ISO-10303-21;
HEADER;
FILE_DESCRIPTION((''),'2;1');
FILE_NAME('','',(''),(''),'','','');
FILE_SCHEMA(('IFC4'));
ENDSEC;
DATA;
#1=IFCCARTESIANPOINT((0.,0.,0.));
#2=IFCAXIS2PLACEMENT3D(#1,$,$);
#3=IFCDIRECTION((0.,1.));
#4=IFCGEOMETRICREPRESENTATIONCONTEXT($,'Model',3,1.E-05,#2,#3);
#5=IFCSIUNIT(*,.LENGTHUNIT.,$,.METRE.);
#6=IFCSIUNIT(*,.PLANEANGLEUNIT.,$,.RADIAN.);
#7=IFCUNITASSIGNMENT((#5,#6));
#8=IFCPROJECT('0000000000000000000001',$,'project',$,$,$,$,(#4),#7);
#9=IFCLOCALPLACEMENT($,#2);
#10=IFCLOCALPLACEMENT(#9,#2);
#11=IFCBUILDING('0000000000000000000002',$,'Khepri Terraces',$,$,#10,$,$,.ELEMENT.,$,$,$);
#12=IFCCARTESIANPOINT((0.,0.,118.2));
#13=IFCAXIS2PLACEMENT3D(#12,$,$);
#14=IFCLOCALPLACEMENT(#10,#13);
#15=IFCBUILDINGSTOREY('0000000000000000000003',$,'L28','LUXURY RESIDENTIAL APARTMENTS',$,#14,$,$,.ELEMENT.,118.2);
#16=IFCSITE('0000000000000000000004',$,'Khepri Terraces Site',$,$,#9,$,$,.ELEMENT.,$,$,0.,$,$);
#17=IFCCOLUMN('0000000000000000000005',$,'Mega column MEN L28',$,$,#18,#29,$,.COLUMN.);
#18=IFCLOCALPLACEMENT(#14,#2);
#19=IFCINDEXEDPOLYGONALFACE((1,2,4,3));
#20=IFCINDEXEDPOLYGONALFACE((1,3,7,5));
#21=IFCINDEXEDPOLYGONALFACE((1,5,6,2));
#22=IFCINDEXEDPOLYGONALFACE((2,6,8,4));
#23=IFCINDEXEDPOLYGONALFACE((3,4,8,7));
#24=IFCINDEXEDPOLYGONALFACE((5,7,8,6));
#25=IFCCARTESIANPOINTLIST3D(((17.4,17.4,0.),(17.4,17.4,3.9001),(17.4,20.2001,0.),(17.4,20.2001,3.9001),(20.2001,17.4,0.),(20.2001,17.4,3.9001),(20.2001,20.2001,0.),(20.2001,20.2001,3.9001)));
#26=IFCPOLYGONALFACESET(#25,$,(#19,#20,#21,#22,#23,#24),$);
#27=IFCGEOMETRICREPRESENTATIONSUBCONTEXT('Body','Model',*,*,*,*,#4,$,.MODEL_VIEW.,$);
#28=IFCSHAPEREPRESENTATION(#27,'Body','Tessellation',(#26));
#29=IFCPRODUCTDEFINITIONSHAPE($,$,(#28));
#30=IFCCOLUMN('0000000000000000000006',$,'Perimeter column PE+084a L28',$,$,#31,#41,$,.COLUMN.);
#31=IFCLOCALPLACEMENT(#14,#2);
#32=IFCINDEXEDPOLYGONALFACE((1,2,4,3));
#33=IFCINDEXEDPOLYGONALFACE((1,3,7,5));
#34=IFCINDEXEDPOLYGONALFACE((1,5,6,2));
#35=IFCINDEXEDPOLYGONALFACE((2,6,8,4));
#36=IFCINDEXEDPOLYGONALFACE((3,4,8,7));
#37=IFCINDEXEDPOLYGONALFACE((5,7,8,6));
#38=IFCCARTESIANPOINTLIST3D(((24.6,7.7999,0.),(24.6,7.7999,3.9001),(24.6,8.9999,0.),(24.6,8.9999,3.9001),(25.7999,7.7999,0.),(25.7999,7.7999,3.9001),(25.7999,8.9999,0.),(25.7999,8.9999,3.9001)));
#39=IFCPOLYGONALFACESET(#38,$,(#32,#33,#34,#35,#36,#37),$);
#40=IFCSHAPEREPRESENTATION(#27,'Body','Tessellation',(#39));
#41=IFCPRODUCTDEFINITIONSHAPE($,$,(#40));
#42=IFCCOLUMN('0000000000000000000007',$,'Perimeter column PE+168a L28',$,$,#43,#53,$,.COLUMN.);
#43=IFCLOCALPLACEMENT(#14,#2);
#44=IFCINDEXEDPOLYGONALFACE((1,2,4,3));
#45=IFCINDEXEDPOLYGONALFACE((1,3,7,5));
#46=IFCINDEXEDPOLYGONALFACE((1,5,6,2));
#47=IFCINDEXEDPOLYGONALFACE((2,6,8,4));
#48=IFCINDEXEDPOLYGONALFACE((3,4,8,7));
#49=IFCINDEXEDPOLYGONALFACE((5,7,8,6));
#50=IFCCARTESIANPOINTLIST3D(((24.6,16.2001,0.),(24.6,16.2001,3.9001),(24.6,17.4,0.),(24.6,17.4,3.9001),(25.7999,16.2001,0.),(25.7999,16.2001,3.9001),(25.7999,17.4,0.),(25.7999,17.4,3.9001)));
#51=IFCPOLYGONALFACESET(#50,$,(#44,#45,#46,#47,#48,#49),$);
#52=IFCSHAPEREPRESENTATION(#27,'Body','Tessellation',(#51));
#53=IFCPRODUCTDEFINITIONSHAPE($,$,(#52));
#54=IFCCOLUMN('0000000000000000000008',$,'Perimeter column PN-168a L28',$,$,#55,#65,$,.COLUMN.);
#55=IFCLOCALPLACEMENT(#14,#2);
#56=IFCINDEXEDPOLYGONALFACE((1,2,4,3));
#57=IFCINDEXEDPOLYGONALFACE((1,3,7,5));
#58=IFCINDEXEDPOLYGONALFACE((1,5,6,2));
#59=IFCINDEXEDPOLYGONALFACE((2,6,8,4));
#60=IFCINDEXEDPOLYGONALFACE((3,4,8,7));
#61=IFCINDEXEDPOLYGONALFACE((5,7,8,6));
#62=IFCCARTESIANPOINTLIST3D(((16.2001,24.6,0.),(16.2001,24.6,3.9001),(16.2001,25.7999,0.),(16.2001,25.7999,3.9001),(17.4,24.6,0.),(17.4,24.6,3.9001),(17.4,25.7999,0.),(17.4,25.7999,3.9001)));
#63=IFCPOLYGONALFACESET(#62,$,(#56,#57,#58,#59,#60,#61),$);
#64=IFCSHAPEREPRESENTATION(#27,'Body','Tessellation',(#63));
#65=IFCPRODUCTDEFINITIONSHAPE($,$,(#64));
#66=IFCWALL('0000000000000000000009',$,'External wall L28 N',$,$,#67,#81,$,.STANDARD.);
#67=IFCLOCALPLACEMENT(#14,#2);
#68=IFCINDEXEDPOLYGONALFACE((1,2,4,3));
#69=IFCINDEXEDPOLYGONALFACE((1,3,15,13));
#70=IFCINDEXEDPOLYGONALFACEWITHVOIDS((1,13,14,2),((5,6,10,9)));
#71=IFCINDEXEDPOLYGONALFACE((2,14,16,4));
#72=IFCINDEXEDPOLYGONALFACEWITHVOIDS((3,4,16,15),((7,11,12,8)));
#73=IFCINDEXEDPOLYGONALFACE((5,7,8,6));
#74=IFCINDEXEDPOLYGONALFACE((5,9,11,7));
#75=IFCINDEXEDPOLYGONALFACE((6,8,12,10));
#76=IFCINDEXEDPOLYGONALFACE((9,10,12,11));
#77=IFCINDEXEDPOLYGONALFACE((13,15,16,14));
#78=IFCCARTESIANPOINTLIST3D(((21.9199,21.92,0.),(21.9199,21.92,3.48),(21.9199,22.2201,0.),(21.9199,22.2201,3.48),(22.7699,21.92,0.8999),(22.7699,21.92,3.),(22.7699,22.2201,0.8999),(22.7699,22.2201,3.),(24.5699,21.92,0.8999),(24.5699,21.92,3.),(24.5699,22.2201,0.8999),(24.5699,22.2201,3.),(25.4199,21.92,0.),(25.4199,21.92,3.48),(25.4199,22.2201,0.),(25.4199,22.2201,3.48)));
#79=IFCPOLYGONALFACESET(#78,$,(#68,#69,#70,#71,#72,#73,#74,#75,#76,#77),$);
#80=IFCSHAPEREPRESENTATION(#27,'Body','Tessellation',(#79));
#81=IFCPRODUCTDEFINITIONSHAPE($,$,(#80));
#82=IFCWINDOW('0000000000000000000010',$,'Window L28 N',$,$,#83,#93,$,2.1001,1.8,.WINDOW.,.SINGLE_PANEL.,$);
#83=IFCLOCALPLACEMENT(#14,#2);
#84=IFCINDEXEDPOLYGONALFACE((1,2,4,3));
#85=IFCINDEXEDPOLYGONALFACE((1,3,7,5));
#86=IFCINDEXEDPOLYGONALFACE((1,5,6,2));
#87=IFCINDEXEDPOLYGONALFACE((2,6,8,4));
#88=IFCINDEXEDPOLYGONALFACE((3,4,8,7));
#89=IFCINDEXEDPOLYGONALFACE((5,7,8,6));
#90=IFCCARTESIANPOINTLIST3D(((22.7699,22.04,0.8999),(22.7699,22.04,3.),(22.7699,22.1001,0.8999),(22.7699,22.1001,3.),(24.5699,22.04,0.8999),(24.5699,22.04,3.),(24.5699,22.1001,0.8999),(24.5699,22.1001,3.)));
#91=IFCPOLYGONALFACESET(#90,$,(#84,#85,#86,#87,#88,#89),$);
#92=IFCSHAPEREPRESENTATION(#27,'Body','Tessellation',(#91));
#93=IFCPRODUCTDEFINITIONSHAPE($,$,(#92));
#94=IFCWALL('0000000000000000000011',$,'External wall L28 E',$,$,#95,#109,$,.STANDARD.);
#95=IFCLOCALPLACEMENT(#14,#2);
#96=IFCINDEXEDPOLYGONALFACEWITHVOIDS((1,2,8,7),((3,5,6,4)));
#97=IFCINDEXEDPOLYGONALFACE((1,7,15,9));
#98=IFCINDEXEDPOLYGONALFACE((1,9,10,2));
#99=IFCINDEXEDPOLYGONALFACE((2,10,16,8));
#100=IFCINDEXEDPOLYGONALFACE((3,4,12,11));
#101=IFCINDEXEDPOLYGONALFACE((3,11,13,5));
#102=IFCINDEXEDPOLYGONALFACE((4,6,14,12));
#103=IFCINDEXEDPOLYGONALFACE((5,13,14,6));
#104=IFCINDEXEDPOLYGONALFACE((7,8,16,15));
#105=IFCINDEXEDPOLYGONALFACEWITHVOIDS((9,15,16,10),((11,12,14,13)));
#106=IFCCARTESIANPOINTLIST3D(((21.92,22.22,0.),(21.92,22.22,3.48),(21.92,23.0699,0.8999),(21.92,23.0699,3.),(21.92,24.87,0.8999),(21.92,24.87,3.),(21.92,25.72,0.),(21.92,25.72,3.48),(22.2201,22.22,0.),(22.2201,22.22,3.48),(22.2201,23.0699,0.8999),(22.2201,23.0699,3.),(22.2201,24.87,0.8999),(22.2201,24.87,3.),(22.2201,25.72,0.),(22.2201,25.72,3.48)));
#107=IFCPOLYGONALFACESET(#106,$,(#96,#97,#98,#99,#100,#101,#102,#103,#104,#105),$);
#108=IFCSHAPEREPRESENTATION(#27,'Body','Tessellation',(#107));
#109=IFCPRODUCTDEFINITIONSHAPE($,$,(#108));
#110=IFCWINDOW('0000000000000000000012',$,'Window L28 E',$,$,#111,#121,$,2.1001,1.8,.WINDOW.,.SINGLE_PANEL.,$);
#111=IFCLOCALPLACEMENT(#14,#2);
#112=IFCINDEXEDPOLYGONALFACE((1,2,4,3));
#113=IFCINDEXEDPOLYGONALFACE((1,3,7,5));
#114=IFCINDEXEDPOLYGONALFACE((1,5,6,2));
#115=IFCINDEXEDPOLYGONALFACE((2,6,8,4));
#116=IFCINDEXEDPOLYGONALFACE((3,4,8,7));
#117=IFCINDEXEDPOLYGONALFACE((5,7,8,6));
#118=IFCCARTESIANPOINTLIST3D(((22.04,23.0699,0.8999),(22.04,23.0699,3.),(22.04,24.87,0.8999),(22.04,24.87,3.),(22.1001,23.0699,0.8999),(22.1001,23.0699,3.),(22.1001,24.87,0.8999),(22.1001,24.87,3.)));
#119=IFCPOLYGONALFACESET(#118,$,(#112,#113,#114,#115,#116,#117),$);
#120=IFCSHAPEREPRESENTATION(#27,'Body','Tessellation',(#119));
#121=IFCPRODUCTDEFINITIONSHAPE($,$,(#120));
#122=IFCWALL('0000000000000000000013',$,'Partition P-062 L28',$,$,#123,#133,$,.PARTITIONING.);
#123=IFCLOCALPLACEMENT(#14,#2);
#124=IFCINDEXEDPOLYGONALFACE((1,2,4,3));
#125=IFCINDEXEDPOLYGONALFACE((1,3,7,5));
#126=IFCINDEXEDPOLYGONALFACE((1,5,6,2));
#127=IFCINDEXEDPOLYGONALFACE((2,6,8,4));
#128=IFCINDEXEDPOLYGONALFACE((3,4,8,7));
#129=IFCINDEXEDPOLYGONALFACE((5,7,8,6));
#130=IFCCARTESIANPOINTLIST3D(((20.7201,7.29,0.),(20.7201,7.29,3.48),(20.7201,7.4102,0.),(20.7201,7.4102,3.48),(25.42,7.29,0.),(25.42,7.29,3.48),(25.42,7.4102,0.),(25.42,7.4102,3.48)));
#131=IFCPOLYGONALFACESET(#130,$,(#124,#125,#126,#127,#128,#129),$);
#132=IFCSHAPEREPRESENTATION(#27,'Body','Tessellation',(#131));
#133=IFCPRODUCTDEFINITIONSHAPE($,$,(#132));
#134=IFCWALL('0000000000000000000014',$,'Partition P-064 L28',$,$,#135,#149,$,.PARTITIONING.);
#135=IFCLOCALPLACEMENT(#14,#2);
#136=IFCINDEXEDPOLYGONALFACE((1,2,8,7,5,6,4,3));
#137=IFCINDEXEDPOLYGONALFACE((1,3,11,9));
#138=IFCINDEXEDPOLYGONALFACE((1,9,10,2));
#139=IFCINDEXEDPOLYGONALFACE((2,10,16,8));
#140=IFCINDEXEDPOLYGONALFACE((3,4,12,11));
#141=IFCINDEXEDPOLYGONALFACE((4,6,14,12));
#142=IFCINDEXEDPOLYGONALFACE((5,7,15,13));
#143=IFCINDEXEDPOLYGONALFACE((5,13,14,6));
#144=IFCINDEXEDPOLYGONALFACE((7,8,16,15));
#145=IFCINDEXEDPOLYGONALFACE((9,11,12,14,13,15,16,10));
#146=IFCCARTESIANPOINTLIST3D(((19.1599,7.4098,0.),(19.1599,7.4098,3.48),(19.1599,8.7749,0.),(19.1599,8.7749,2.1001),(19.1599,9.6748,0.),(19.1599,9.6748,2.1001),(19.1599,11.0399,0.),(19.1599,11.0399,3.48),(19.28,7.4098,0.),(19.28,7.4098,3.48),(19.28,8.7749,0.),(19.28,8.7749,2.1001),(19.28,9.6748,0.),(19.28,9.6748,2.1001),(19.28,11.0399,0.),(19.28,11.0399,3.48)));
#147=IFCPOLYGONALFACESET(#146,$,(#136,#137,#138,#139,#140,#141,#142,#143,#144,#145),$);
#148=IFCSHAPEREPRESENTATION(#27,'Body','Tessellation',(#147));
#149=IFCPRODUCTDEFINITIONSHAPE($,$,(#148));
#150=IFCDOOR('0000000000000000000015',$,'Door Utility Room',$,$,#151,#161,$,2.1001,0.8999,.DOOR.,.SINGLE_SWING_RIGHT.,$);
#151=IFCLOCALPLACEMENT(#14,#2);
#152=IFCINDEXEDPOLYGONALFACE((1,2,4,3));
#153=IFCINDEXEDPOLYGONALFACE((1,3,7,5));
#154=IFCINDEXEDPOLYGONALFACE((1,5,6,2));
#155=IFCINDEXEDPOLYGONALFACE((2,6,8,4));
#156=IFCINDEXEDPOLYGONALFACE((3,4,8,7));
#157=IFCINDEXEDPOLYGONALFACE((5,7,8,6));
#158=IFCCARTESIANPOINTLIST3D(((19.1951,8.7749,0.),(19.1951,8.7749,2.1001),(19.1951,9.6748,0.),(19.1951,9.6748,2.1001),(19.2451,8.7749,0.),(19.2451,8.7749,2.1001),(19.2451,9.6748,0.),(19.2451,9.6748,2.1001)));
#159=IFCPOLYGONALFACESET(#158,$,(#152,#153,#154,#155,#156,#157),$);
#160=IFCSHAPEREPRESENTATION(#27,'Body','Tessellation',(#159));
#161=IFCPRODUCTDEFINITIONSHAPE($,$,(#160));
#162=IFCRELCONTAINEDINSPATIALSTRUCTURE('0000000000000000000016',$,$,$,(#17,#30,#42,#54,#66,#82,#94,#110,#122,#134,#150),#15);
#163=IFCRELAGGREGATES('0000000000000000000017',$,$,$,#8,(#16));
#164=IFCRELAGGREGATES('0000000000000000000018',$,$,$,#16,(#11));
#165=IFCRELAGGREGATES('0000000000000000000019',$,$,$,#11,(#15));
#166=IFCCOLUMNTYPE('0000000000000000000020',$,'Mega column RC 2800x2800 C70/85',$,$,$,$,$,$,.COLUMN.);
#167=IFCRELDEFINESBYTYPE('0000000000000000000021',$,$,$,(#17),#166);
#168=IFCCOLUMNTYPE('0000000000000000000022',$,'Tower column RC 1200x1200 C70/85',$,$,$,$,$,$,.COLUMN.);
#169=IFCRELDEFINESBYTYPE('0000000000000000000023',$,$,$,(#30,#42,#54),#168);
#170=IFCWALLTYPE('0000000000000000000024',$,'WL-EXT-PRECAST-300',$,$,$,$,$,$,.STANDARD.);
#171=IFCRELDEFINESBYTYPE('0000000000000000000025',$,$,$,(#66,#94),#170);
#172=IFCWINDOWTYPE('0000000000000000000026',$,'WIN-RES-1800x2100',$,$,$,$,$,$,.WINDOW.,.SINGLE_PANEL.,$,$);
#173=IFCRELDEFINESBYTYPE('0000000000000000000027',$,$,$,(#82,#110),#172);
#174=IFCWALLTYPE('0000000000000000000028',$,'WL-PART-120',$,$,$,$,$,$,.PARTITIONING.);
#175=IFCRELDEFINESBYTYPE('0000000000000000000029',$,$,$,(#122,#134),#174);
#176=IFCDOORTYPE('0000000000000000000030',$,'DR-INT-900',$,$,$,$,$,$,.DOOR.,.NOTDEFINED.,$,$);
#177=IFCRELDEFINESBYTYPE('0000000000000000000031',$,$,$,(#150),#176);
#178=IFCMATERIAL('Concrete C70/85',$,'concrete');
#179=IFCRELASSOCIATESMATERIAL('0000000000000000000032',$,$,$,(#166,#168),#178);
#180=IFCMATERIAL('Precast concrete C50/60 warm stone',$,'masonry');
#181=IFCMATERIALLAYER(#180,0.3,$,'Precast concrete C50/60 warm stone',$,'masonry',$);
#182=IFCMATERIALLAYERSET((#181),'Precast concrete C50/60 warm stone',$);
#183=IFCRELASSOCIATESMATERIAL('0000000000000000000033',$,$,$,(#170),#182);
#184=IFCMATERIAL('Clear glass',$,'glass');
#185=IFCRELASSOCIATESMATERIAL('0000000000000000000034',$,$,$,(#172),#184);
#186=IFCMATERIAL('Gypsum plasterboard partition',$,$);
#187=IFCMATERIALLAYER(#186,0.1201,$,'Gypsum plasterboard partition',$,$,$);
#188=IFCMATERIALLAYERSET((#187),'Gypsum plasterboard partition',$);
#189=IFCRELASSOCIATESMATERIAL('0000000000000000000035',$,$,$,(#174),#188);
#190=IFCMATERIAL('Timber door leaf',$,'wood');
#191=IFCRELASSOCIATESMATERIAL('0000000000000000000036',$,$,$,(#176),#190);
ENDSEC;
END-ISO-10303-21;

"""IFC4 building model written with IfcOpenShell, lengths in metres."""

from ifc_helpers import new_model, si_unit, direction, frame, frame_2d, origin, origin_2d, place, context, subcontext, project, spatial, rectangle, extrude, material, layer, layer_set, material_profile, profile_set, type_object, element, fill, save


model = new_model("IFC4")

# Units and contexts
model_context = context("Model", 3, precision=1e-05, world=origin(), true_north=direction((0.0, 1.0)))
body_context = subcontext(model_context, "Body", "Model", "MODEL_VIEW")
ifc_project = project(units=[si_unit("LENGTHUNIT", "METRE"), si_unit("PLANEANGLEUNIT", "RADIAN")], contexts=[model_context])

# Site, building, storey
site_placement = place(None, origin())
site = spatial("IfcSite", under=ifc_project, at=site_placement, Name="Khepri Terraces Site", CompositionType="ELEMENT", RefElevation=0.0)
building_placement = place(site_placement, origin())
building = spatial("IfcBuilding", under=site, at=building_placement, Name="Khepri Terraces", CompositionType="ELEMENT")
storey_placement = place(building_placement, frame((0.0, 0.0, 118.2)))
storey = spatial("IfcBuildingStorey", under=building, at=storey_placement, Name="L28", Description="LUXURY RESIDENTIAL APARTMENTS", CompositionType="ELEMENT", Elevation=118.2)

# Columns
ifc_material_1 = material(Name="Concrete C70/85", Category="concrete")
ifc_material_profile_1 = material_profile(ifc_material_1, rectangle(XDim=2.8, YDim=2.8, at=origin_2d()), Name="Concrete C70/85", Category="concrete")
ifc_profile_set_1 = profile_set([ifc_material_profile_1], Name="Concrete C70/85")
column_type_1 = type_object("IfcColumnType", Name="Mega column RC 2800x2800 C70/85", PredefinedType="COLUMN", material=ifc_profile_set_1)
column_placement = place(storey_placement, frame((18.8, 18.8, 0.0), z_axis=(0.0, 0.0, 1.0), x_axis=(1.0, 0.0, 0.0)))
element("IfcColumn", 1, at=column_placement, inside=storey, type_object=column_type_1, Name="Mega column MEN L28", PredefinedType="COLUMN", context=body_context, shape_type="SweptSolid", body=[
    extrude(rectangle(XDim=2.8, YDim=2.8, at=origin_2d()), origin(), (0.0, 0.0, 1.0), 3.9001),
])
ifc_material_profile_2 = material_profile(ifc_material_1, rectangle(XDim=1.2, YDim=1.2, at=origin_2d()), Name="Concrete C70/85", Category="concrete")
ifc_profile_set_2 = profile_set([ifc_material_profile_2], Name="Concrete C70/85")
column_type_2 = type_object("IfcColumnType", Name="Tower column RC 1200x1200 C70/85", PredefinedType="COLUMN", material=ifc_profile_set_2)
for number, where, z_axis, x_axis, name in (
    (2, (25.2, 8.3999, 0.0), (0.0, 0.0, 1.0), (1.0, 0.0, 0.0), "Perimeter column PE+084a L28"),
    (3, (25.2, 16.8, 0.0), (0.0, 0.0, 1.0), (1.0, 0.0, 0.0), "Perimeter column PE+168a L28"),
    (4, (16.8, 25.2, 0.0), (0.0, 0.0, 1.0), (1.0, 0.0, 0.0), "Perimeter column PN-168a L28"),
):
    element("IfcColumn", number, at=place(storey_placement, frame(where, z_axis=z_axis, x_axis=x_axis)), inside=storey, type_object=column_type_2, Name=name, PredefinedType="COLUMN", context=body_context, shape_type="SweptSolid", body=[
        extrude(rectangle(XDim=1.2, YDim=1.2, at=origin_2d()), origin(), (0.0, 0.0, 1.0), 3.9001),
    ])

# Shared definitions
ifc_material_2 = material(Name="Precast concrete C50/60 warm stone", Category="masonry")
ifc_layer_1 = layer(ifc_material_2, 0.3, Name="Precast concrete C50/60 warm stone", Category="masonry")
ifc_layer_set_1 = layer_set([ifc_layer_1], Name="Precast concrete C50/60 warm stone")
wall_type_1 = type_object("IfcWallType", Name="WL-EXT-PRECAST-300", PredefinedType="STANDARD", material=ifc_layer_set_1)
ifc_material_3 = material(Name="Clear glass", Category="glass")
window_type = type_object("IfcWindowType", Name="WIN-RES-1800x2100", PartitioningType="SINGLE_PANEL", PredefinedType="WINDOW", material=ifc_material_3)

# Walls, openings, windows
wall_1_placement = place(storey_placement, frame((25.4199, 22.0701, 0.0), z_axis=(0.0, 0.0, 1.0), x_axis=(-1.0, 0.0, 0.0)))
wall_1 = element("IfcWall", 5, at=wall_1_placement, inside=storey, type_object=wall_type_1, Name="External wall L28 N", PredefinedType="STANDARD", context=body_context, shape_type="SweptSolid", body=[
    extrude(rectangle(XDim=3.5, YDim=0.3, at=frame_2d((1.75, 0.0))), origin(), (0.0, 0.0, 1.0), 3.48),
])
opening_1_placement = place(wall_1_placement, frame((0.8501, 0.0, 0.8999)))
opening_1 = element("IfcOpeningElement", 6, at=opening_1_placement, cuts=wall_1, PredefinedType="OPENING", context=body_context, shape_type="SweptSolid", body=[
    extrude(rectangle(XDim=1.8, YDim=2.1001, at=frame_2d((0.8999, 1.05))), frame((0.0, 0.1602, 0.0), z_axis=(0.0, -1.0, 0.0), x_axis=(1.0, 0.0, 0.0)), (0.0, 0.0, 1.0), 0.3201),
])
window_1_placement = place(opening_1_placement, origin())
window_1 = element("IfcWindow", 7, at=window_1_placement, inside=storey, type_object=window_type, Name="Window L28 N", OverallHeight=2.1001, OverallWidth=1.8, PartitioningType="SINGLE_PANEL", PredefinedType="WINDOW", context=body_context, shape_type="SweptSolid", body=[
    extrude(rectangle(XDim=1.8, YDim=2.1001, at=frame_2d((0.8999, 1.05))), frame((0.0, 0.03, 0.0), z_axis=(0.0, -1.0, 0.0), x_axis=(1.0, 0.0, 0.0)), (0.0, 0.0, 1.0), 0.0601),
])
fill(opening_1, window_1)
wall_2_placement = place(storey_placement, frame((22.0701, 22.22, 0.0), z_axis=(0.0, 0.0, 1.0), x_axis=(0.0, 1.0, 0.0)))
wall_2 = element("IfcWall", 8, at=wall_2_placement, inside=storey, type_object=wall_type_1, Name="External wall L28 E", PredefinedType="STANDARD", context=body_context, shape_type="SweptSolid", body=[
    extrude(rectangle(XDim=3.5, YDim=0.3, at=frame_2d((1.75, 0.0))), origin(), (0.0, 0.0, 1.0), 3.48),
])
opening_2_placement = place(wall_2_placement, frame((0.8501, 0.0, 0.8999)))
opening_2 = element("IfcOpeningElement", 9, at=opening_2_placement, cuts=wall_2, PredefinedType="OPENING", context=body_context, shape_type="SweptSolid", body=[
    extrude(rectangle(XDim=1.8, YDim=2.1001, at=frame_2d((0.8999, 1.05))), frame((0.0, 0.1602, 0.0), z_axis=(0.0, -1.0, 0.0), x_axis=(1.0, 0.0, 0.0)), (0.0, 0.0, 1.0), 0.3201),
])
window_2_placement = place(opening_2_placement, origin())
window_2 = element("IfcWindow", 10, at=window_2_placement, inside=storey, type_object=window_type, Name="Window L28 E", OverallHeight=2.1001, OverallWidth=1.8, PartitioningType="SINGLE_PANEL", PredefinedType="WINDOW", context=body_context, shape_type="SweptSolid", body=[
    extrude(rectangle(XDim=1.8, YDim=2.1001, at=frame_2d((0.8999, 1.05))), frame((0.0, 0.03, 0.0), z_axis=(0.0, -1.0, 0.0), x_axis=(1.0, 0.0, 0.0)), (0.0, 0.0, 1.0), 0.0601),
])
fill(opening_2, window_2)

# Wall
ifc_material_4 = material(Name="Gypsum plasterboard partition")
ifc_layer_2 = layer(ifc_material_4, 0.1201, Name="Gypsum plasterboard partition")
ifc_layer_set_2 = layer_set([ifc_layer_2], Name="Gypsum plasterboard partition")
wall_type_2 = type_object("IfcWallType", Name="WL-PART-120", PredefinedType="PARTITIONING", material=ifc_layer_set_2)
wall_3_placement = place(storey_placement, frame((20.72, 7.3501, 0.0), z_axis=(0.0, 0.0, 1.0), x_axis=(1.0, 0.0, 0.0)))
element("IfcWall", 11, at=wall_3_placement, inside=storey, type_object=wall_type_2, Name="Partition P-062 L28", PredefinedType="PARTITIONING", context=body_context, shape_type="SweptSolid", body=[
    extrude(rectangle(XDim=4.7, YDim=0.1201, at=frame_2d((2.3501, 0.0))), origin(), (0.0, 0.0, 1.0), 3.48),
])

# Wall, opening, door
wall_4_placement = place(storey_placement, frame((19.22, 7.4099, 0.0), z_axis=(0.0, 0.0, 1.0), x_axis=(0.0, 1.0, 0.0)))
wall_4 = element("IfcWall", 12, at=wall_4_placement, inside=storey, type_object=wall_type_2, Name="Partition P-064 L28", PredefinedType="PARTITIONING", context=body_context, shape_type="SweptSolid", body=[
    extrude(rectangle(XDim=3.6301, YDim=0.1201, at=frame_2d((1.8149, 0.0))), origin(), (0.0, 0.0, 1.0), 3.48),
])
opening_3_placement = place(wall_4_placement, frame((1.365, 0.0, 0.0)))
opening_3 = element("IfcOpeningElement", 13, at=opening_3_placement, cuts=wall_4, PredefinedType="OPENING", context=body_context, shape_type="SweptSolid", body=[
    extrude(rectangle(XDim=0.8999, YDim=2.1001, at=frame_2d((0.45, 1.05))), frame((0.0, 0.0701, 0.0), z_axis=(0.0, -1.0, 0.0), x_axis=(1.0, 0.0, 0.0)), (0.0, 0.0, 1.0), 0.1401),
])
ifc_material_5 = material(Name="Timber door leaf", Category="wood")
door_type_1 = type_object("IfcDoorType", Name="DR-INT-900", OperationType="NOTDEFINED", PredefinedType="DOOR", material=ifc_material_5)
door_1_placement = place(opening_3_placement, origin())
door_1 = element("IfcDoor", 14, at=door_1_placement, inside=storey, type_object=door_type_1, Name="Door Utility Room", OperationType="SINGLE_SWING_RIGHT", OverallHeight=2.1001, OverallWidth=0.8999, PredefinedType="DOOR", context=body_context, shape_type="SweptSolid", body=[
    extrude(rectangle(XDim=0.8999, YDim=2.1001, at=frame_2d((0.45, 1.05))), frame((0.0, 0.0249, 0.0), z_axis=(0.0, -1.0, 0.0), x_axis=(1.0, 0.0, 0.0)), (0.0, 0.0, 1.0), 0.05),
])
fill(opening_3, door_1)

save(model, "model.ifc")
